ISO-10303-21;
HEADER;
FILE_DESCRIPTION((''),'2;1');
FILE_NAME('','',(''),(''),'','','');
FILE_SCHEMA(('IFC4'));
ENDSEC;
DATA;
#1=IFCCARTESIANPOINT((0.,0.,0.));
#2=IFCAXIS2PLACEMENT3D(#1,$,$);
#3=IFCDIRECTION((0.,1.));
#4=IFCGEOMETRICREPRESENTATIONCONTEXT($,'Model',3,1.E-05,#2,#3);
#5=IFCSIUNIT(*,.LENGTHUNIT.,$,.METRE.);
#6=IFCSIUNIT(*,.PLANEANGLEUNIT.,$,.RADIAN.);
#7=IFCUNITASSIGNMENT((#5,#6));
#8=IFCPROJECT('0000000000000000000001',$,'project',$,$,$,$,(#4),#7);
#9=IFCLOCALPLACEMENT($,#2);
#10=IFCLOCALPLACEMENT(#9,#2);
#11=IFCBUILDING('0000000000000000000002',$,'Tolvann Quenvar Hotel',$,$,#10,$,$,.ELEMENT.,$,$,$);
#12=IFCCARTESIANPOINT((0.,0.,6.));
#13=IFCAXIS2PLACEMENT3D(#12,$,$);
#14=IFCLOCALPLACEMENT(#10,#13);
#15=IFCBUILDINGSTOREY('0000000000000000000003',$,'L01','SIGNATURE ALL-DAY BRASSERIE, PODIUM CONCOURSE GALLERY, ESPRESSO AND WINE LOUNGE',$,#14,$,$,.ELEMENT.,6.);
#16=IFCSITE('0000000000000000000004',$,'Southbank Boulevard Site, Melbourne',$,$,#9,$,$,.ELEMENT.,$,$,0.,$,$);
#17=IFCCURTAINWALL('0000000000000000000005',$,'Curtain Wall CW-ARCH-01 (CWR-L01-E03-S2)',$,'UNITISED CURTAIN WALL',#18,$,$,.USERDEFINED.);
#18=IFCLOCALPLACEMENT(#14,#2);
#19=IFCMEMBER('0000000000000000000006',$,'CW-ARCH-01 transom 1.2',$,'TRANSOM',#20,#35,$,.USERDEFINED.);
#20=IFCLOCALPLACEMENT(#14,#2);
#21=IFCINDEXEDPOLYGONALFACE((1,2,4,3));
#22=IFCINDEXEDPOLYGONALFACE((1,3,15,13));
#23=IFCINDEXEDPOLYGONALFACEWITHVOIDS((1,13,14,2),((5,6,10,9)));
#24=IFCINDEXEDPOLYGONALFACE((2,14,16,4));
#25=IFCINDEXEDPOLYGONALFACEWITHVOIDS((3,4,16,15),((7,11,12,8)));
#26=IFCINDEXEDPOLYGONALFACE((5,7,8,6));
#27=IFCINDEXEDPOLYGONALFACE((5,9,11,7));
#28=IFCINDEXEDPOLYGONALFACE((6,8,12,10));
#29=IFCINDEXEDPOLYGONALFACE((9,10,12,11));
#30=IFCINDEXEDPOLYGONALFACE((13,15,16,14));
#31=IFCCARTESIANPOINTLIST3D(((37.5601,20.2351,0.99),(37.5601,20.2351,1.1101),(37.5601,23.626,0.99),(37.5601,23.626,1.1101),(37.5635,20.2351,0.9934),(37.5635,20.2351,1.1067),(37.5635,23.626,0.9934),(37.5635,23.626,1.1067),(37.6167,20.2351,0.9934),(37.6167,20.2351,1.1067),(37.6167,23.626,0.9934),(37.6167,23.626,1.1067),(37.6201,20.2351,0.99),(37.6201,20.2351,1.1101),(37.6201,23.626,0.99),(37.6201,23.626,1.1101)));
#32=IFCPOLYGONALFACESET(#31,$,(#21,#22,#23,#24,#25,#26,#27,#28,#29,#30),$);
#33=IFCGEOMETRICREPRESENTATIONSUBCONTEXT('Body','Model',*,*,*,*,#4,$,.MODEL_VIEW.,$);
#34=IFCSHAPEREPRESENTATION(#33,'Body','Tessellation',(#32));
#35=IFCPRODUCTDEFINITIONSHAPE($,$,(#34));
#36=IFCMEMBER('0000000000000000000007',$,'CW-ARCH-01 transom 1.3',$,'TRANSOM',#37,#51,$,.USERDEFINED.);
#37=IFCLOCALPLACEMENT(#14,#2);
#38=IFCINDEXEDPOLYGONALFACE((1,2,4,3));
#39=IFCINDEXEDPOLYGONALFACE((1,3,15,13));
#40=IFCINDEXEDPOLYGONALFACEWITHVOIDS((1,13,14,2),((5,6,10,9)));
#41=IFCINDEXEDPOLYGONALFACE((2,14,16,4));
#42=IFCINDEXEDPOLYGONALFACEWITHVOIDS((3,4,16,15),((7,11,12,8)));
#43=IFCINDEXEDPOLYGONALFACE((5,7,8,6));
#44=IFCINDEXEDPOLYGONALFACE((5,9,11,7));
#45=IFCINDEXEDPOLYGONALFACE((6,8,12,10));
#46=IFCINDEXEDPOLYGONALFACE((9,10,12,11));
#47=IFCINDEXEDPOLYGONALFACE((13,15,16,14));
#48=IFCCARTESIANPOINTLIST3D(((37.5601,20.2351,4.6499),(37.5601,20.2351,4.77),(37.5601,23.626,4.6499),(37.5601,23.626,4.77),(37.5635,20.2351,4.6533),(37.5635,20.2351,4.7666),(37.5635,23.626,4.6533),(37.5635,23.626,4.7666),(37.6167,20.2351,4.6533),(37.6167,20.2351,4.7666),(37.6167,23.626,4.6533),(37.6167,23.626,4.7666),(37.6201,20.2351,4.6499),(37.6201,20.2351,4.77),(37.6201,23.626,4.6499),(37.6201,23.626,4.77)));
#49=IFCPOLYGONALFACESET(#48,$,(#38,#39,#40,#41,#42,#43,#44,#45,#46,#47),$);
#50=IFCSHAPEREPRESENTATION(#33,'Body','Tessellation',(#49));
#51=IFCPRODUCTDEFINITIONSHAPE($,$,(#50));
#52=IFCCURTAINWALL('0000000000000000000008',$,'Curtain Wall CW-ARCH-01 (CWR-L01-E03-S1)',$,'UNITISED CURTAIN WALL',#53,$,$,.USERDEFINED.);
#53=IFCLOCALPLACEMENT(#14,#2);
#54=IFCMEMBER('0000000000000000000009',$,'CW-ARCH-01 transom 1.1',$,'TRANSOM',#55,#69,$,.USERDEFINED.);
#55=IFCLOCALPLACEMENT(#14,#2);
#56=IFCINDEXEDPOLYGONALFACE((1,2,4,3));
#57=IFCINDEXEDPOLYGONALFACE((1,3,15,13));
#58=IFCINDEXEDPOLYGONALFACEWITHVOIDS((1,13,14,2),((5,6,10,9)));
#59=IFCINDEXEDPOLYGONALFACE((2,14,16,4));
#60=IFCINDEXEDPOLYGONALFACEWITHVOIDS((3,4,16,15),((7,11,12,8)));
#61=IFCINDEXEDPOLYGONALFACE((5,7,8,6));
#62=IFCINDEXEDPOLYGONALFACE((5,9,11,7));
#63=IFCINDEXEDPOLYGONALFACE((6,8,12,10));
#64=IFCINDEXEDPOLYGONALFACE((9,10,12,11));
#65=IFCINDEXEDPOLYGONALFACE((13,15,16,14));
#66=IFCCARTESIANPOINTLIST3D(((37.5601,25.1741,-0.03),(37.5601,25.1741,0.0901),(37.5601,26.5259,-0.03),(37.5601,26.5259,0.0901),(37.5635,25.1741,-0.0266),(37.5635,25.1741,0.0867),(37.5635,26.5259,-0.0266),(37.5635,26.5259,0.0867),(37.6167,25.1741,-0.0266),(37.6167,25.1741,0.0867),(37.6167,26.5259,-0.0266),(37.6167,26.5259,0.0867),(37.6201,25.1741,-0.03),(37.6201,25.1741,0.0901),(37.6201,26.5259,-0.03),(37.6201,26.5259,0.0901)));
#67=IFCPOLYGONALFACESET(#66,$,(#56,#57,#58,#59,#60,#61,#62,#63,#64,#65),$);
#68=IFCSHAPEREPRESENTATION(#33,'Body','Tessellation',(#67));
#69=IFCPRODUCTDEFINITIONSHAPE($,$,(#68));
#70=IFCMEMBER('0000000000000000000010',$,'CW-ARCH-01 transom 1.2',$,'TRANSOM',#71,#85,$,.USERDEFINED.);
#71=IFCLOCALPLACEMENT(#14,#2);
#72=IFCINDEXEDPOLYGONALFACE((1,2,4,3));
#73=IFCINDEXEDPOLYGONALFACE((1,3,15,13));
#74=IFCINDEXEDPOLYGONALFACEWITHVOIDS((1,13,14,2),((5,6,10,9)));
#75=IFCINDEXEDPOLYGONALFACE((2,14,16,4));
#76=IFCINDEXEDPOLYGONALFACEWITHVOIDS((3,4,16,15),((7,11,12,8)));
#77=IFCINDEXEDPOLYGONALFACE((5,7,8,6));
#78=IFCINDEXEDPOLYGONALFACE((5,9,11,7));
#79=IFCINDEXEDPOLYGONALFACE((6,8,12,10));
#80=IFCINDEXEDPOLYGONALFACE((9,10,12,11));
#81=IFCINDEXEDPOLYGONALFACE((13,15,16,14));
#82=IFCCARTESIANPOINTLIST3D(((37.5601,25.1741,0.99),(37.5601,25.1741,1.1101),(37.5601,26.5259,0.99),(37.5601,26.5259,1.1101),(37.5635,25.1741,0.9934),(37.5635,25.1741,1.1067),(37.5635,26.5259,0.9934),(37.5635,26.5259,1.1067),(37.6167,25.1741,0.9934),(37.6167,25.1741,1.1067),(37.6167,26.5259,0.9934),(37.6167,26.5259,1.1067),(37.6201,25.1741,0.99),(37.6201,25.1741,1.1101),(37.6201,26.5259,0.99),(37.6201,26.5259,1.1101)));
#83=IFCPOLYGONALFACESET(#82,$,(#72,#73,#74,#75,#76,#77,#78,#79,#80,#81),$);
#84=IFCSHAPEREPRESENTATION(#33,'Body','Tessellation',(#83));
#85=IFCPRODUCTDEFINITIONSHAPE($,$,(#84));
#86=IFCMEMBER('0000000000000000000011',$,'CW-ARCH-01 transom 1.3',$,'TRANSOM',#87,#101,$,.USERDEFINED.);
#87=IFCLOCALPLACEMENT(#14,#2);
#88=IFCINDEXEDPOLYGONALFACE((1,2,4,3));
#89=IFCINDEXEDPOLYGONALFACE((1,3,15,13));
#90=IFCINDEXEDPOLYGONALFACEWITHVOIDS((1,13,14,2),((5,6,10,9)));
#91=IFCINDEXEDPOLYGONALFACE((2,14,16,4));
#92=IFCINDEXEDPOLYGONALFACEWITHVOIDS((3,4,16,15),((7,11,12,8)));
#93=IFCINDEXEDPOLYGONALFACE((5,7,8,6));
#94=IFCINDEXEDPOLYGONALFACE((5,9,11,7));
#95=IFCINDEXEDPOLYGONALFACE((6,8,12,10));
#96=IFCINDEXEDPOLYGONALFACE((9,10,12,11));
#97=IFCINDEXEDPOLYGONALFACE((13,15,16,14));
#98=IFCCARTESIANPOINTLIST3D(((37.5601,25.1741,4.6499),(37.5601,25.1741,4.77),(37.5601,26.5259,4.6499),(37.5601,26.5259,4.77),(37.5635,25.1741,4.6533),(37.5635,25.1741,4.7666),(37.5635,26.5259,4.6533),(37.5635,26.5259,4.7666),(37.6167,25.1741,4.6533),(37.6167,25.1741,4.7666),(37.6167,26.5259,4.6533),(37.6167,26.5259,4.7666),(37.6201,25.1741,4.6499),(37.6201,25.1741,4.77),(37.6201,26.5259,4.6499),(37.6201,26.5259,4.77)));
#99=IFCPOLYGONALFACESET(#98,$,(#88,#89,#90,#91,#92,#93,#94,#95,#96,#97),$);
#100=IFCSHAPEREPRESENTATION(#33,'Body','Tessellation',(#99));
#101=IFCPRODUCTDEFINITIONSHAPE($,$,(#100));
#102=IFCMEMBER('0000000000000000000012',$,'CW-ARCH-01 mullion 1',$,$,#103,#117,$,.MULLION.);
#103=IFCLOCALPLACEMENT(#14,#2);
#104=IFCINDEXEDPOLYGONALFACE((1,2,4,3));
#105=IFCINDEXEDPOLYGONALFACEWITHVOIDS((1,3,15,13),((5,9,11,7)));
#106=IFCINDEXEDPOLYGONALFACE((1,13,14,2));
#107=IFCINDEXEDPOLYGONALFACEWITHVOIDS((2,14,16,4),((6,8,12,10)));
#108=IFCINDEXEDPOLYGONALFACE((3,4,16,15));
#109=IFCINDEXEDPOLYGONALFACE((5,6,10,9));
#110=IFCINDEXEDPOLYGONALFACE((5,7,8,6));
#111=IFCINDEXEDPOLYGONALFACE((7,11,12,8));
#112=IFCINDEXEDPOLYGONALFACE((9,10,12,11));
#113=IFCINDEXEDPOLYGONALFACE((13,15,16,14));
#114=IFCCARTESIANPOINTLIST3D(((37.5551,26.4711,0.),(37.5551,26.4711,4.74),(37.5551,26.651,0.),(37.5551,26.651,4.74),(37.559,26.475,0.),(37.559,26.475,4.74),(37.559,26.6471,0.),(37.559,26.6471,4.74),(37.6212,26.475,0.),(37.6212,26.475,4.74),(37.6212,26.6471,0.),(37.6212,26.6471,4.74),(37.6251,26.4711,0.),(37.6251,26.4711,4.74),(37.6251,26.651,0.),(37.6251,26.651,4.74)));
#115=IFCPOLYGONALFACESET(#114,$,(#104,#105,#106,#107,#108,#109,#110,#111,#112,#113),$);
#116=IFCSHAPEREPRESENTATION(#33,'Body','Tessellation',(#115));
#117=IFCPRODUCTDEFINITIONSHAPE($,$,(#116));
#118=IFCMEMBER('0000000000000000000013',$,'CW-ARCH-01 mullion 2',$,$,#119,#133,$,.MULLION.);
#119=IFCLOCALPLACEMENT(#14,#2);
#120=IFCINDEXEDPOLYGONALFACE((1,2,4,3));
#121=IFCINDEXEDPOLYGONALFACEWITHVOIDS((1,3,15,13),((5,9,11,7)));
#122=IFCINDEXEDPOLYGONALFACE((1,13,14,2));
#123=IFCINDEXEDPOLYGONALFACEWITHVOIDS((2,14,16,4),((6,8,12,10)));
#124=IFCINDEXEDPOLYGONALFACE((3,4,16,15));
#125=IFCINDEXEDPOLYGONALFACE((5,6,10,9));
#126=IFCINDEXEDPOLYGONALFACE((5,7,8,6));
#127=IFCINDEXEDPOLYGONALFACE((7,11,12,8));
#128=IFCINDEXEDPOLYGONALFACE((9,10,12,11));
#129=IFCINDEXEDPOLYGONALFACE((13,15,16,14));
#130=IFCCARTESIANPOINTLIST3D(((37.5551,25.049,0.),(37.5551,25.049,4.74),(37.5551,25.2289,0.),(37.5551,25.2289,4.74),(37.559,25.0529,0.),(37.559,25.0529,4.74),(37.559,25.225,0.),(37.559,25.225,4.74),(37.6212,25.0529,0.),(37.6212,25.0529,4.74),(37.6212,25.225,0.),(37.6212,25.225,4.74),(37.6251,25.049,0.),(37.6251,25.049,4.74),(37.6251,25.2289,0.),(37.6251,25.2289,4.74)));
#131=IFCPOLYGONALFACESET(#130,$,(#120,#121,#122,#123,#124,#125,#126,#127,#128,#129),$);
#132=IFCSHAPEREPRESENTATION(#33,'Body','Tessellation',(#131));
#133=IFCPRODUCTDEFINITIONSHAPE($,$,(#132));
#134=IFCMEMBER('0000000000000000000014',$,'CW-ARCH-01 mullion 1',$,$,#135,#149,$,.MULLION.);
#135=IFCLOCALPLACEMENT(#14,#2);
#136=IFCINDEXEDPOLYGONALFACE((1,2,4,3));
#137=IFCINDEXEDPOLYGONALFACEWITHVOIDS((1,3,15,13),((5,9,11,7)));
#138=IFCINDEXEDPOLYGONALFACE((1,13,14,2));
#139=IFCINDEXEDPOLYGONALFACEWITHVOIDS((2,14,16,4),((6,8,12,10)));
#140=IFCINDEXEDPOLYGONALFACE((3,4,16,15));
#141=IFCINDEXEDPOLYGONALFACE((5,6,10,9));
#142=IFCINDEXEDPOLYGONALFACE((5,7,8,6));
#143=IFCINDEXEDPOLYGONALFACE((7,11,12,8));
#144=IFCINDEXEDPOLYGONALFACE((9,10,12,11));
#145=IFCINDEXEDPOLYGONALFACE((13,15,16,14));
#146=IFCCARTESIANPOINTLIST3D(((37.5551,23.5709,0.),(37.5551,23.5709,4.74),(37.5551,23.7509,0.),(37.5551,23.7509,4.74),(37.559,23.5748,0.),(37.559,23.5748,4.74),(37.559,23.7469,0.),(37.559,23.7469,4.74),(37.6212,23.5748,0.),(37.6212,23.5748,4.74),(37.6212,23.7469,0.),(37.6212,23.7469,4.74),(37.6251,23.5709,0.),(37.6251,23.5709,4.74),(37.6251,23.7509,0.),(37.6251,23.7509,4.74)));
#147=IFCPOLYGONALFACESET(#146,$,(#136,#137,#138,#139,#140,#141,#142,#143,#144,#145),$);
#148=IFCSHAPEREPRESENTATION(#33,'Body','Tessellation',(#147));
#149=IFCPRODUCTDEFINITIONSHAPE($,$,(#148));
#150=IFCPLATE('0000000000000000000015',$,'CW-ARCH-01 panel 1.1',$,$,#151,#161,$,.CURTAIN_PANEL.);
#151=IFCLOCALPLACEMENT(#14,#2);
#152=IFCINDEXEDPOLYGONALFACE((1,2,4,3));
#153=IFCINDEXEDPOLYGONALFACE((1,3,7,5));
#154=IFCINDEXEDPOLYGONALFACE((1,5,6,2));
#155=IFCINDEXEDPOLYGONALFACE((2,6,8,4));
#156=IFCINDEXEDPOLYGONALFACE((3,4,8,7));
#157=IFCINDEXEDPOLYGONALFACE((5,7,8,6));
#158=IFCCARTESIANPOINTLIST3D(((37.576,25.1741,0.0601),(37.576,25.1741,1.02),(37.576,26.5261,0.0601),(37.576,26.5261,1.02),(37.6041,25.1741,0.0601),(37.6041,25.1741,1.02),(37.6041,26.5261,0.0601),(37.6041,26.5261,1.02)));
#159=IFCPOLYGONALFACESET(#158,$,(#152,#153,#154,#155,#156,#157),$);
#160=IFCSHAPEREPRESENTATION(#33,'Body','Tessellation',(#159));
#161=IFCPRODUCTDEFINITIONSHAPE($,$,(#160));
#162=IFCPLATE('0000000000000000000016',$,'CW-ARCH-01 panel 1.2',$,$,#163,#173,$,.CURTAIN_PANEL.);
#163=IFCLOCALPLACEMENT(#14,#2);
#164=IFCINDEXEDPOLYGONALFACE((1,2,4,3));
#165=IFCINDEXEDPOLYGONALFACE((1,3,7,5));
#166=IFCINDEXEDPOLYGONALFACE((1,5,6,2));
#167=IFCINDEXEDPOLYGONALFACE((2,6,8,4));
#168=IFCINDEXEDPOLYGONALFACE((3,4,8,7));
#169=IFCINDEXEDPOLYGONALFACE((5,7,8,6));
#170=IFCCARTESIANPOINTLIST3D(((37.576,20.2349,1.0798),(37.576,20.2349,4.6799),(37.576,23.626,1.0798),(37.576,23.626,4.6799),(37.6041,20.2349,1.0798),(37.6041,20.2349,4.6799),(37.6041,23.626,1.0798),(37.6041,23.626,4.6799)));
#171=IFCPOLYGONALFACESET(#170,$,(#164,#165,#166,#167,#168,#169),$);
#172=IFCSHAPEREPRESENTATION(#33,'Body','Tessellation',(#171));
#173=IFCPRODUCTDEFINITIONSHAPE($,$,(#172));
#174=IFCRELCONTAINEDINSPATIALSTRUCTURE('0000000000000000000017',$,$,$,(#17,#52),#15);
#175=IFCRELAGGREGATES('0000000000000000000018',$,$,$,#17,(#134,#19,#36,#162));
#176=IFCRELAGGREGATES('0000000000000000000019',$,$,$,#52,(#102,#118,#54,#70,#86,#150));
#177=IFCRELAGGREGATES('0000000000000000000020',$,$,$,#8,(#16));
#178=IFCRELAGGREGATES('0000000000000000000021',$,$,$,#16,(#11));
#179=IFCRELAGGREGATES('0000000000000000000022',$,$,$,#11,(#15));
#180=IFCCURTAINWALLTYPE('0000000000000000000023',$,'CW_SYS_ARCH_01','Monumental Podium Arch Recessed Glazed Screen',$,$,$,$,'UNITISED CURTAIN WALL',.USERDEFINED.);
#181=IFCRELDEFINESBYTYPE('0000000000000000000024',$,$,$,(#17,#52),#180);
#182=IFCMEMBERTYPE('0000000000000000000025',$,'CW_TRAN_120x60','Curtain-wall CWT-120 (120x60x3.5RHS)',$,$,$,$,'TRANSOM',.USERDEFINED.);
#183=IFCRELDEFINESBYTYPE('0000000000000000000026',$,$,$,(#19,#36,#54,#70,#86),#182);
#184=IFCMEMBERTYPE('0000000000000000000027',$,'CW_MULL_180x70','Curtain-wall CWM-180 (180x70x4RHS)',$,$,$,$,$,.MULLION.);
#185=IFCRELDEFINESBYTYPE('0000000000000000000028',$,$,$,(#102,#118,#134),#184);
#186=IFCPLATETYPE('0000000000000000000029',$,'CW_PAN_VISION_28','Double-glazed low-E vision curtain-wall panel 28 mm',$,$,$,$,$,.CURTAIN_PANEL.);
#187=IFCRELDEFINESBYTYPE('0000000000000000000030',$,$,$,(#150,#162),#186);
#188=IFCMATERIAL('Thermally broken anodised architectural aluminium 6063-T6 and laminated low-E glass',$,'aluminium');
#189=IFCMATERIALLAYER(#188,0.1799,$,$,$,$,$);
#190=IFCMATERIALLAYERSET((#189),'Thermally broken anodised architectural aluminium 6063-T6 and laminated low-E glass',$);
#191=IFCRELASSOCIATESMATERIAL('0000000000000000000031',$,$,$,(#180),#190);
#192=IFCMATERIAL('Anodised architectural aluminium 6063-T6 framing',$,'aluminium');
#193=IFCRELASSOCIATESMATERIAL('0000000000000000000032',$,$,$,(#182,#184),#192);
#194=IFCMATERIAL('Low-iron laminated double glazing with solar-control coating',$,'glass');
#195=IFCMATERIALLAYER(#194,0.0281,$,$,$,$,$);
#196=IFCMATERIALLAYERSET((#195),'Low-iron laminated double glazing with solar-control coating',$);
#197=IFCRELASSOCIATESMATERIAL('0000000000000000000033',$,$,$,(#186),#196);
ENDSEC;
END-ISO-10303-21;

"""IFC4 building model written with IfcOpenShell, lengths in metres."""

from ifc_helpers import new_model, si_unit, direction, frame, origin, origin_2d, place, context, subcontext, project, spatial, rectangle, hollow_rectangle, extrude, source, transform, mapped, material, layer, layer_set, material_profile, profile_set, type_object, type_shapes, element, aggregate, save


model = new_model("IFC4")

# Units and contexts
model_context = context("Model", 3, precision=1e-05, world=origin(), true_north=direction((0.0, 1.0)))
body_context = subcontext(model_context, "Body", "Model", "MODEL_VIEW")
ifc_project = project(units=[si_unit("LENGTHUNIT", "METRE"), si_unit("PLANEANGLEUNIT", "RADIAN")], contexts=[model_context])

# Site, building, storey
site_placement = place(None, origin())
site = spatial("IfcSite", under=ifc_project, at=site_placement, Name="Southbank Boulevard Site, Melbourne", CompositionType="ELEMENT", RefElevation=0.0)
building_placement = place(site_placement, origin())
building = spatial("IfcBuilding", under=site, at=building_placement, Name="Tolvann Quenvar Hotel", CompositionType="ELEMENT")
storey_placement = place(building_placement, frame((0.0, 0.0, 6.0)))
storey = spatial("IfcBuildingStorey", under=building, at=storey_placement, Name="L01", Description="SIGNATURE ALL-DAY BRASSERIE, PODIUM CONCOURSE GALLERY, ESPRESSO AND WINE LOUNGE", CompositionType="ELEMENT", Elevation=6.0)

# Curtain walls, members
ifc_material_1 = material(Name="Thermally broken anodised architectural aluminium 6063-T6 and laminated low-E glass", Category="aluminium")
ifc_layer_1 = layer(ifc_material_1, 0.1799)
ifc_layer_set_1 = layer_set([ifc_layer_1], Name="Thermally broken anodised architectural aluminium 6063-T6 and laminated low-E glass")
curtain_wall_type = type_object("IfcCurtainWallType", Name="CW_SYS_ARCH_01", Description="Monumental Podium Arch Recessed Glazed Screen", ElementType="UNITISED CURTAIN WALL", PredefinedType="USERDEFINED", material=ifc_layer_set_1)
curtain_wall_1_placement = place(storey_placement, origin())
curtain_wall_1 = element("IfcCurtainWall", 1, at=curtain_wall_1_placement, inside=storey, type_object=curtain_wall_type, Name="Curtain Wall CW-ARCH-01 (CWR-L01-E03-S2)", ObjectType="UNITISED CURTAIN WALL", PredefinedType="USERDEFINED")
ifc_material_2 = material(Name="Anodised architectural aluminium 6063-T6 framing", Category="aluminium")
ifc_material_profile_1 = material_profile(ifc_material_2, hollow_rectangle(XDim=0.0601, YDim=0.1201, WallThickness=0.0034, at=origin_2d()), Name="120x60x3.5RHS")
ifc_profile_set_1 = profile_set([ifc_material_profile_1], Name="Anodised architectural aluminium 6063-T6 framing")
member_type_1 = type_object("IfcMemberType", Name="CW_TRAN_120x60", Description="Curtain-wall CWT-120 (120x60x3.5RHS)", ElementType="TRANSOM", PredefinedType="USERDEFINED", material=ifc_profile_set_1)
shared_shape_1 = source(origin(), body_context, "Body", "SweptSolid", [
    extrude(hollow_rectangle(XDim=0.0601, YDim=0.1201, WallThickness=0.0034, at=origin_2d()), origin(), (0.0, 0.0, 1.0), 3.3909),
])
member_1_placement = place(storey_placement, frame((37.5901, 23.626, 1.05), z_axis=(0.0, -1.0, 0.0), x_axis=(1.0, 0.0, 0.0)))
member_1 = element("IfcMember", 2, at=member_1_placement, type_object=member_type_1, Name="CW-ARCH-01 transom 1.2", ObjectType="TRANSOM", PredefinedType="USERDEFINED", context=body_context, shape_type="MappedRepresentation", body=[
    mapped(shared_shape_1, transform((0.0, 0.0, 0.0), x_axis=(1.0, 0.0, 0.0), y_axis=(0.0, 1.0, 0.0), z_axis=(0.0, 0.0, 1.0), scale=1.0)),
])
member_2_placement = place(storey_placement, frame((37.5901, 23.626, 4.71), z_axis=(0.0, -1.0, 0.0), x_axis=(1.0, 0.0, 0.0)))
member_2 = element("IfcMember", 3, at=member_2_placement, type_object=member_type_1, Name="CW-ARCH-01 transom 1.3", ObjectType="TRANSOM", PredefinedType="USERDEFINED", context=body_context, shape_type="MappedRepresentation", body=[
    mapped(shared_shape_1, transform((0.0, 0.0, 0.0), x_axis=(1.0, 0.0, 0.0), y_axis=(0.0, 1.0, 0.0), z_axis=(0.0, 0.0, 1.0), scale=1.0)),
])
curtain_wall_2_placement = place(storey_placement, origin())
curtain_wall_2 = element("IfcCurtainWall", 4, at=curtain_wall_2_placement, inside=storey, type_object=curtain_wall_type, Name="Curtain Wall CW-ARCH-01 (CWR-L01-E03-S1)", ObjectType="UNITISED CURTAIN WALL", PredefinedType="USERDEFINED")
shared_shape_2 = source(origin(), body_context, "Body", "SweptSolid", [
    extrude(hollow_rectangle(XDim=0.0601, YDim=0.1201, WallThickness=0.0034, at=origin_2d()), origin(), (0.0, 0.0, 1.0), 1.3518),
])
type_shapes(member_type_1, [shared_shape_1, shared_shape_2])
member_3_placement = place(storey_placement, frame((37.5901, 26.5259, 0.03), z_axis=(0.0, -1.0, 0.0), x_axis=(1.0, 0.0, 0.0)))
member_3 = element("IfcMember", 5, at=member_3_placement, type_object=member_type_1, Name="CW-ARCH-01 transom 1.1", ObjectType="TRANSOM", PredefinedType="USERDEFINED", context=body_context, shape_type="MappedRepresentation", body=[
    mapped(shared_shape_2, transform((0.0, 0.0, 0.0), x_axis=(1.0, 0.0, 0.0), y_axis=(0.0, 1.0, 0.0), z_axis=(0.0, 0.0, 1.0), scale=1.0)),
])
member_4_placement = place(storey_placement, frame((37.5901, 26.5259, 1.05), z_axis=(0.0, -1.0, 0.0), x_axis=(1.0, 0.0, 0.0)))
member_4 = element("IfcMember", 6, at=member_4_placement, type_object=member_type_1, Name="CW-ARCH-01 transom 1.2", ObjectType="TRANSOM", PredefinedType="USERDEFINED", context=body_context, shape_type="MappedRepresentation", body=[
    mapped(shared_shape_2, transform((0.0, 0.0, 0.0), x_axis=(1.0, 0.0, 0.0), y_axis=(0.0, 1.0, 0.0), z_axis=(0.0, 0.0, 1.0), scale=1.0)),
])
member_5_placement = place(storey_placement, frame((37.5901, 26.5259, 4.71), z_axis=(0.0, -1.0, 0.0), x_axis=(1.0, 0.0, 0.0)))
member_5 = element("IfcMember", 7, at=member_5_placement, type_object=member_type_1, Name="CW-ARCH-01 transom 1.3", ObjectType="TRANSOM", PredefinedType="USERDEFINED", context=body_context, shape_type="MappedRepresentation", body=[
    mapped(shared_shape_2, transform((0.0, 0.0, 0.0), x_axis=(1.0, 0.0, 0.0), y_axis=(0.0, 1.0, 0.0), z_axis=(0.0, 0.0, 1.0), scale=1.0)),
])
ifc_material_profile_2 = material_profile(ifc_material_2, hollow_rectangle(XDim=0.0701, YDim=0.1799, WallThickness=0.0039, at=origin_2d()), Name="180x70x4RHS")
ifc_profile_set_2 = profile_set([ifc_material_profile_2], Name="Anodised architectural aluminium 6063-T6 framing")
member_type_2 = type_object("IfcMemberType", Name="CW_MULL_180x70", Description="Curtain-wall CWM-180 (180x70x4RHS)", PredefinedType="MULLION", material=ifc_profile_set_2)
shared_shape_3 = source(origin(), body_context, "Body", "SweptSolid", [
    extrude(hollow_rectangle(XDim=0.0701, YDim=0.1799, WallThickness=0.0039, at=origin_2d()), origin(), (0.0, 0.0, 1.0), 4.74),
])
type_shapes(member_type_2, [shared_shape_3])
member_6_placement = place(storey_placement, frame((37.5901, 26.561, 0.0), z_axis=(0.0, 0.0, 1.0), x_axis=(1.0, 0.0, 0.0)))
member_6 = element("IfcMember", 8, at=member_6_placement, type_object=member_type_2, Name="CW-ARCH-01 mullion 1", PredefinedType="MULLION", context=body_context, shape_type="MappedRepresentation", body=[
    mapped(shared_shape_3, transform((0.0, 0.0, 0.0), x_axis=(1.0, 0.0, 0.0), y_axis=(0.0, 1.0, 0.0), z_axis=(0.0, 0.0, 1.0), scale=1.0)),
])
member_7_placement = place(storey_placement, frame((37.5901, 25.1389, 0.0), z_axis=(0.0, 0.0, 1.0), x_axis=(1.0, 0.0, 0.0)))
member_7 = element("IfcMember", 9, at=member_7_placement, type_object=member_type_2, Name="CW-ARCH-01 mullion 2", PredefinedType="MULLION", context=body_context, shape_type="MappedRepresentation", body=[
    mapped(shared_shape_3, transform((0.0, 0.0, 0.0), x_axis=(1.0, 0.0, 0.0), y_axis=(0.0, 1.0, 0.0), z_axis=(0.0, 0.0, 1.0), scale=1.0)),
])

# Member
member_8_placement = place(storey_placement, frame((37.5901, 23.6609, 0.0), z_axis=(0.0, 0.0, 1.0), x_axis=(1.0, 0.0, 0.0)))
member_8 = element("IfcMember", 10, at=member_8_placement, type_object=member_type_2, Name="CW-ARCH-01 mullion 1", PredefinedType="MULLION", context=body_context, shape_type="MappedRepresentation", body=[
    mapped(shared_shape_3, transform((0.0, 0.0, 0.0), x_axis=(1.0, 0.0, 0.0), y_axis=(0.0, 1.0, 0.0), z_axis=(0.0, 0.0, 1.0), scale=1.0)),
])

# Plates
ifc_material_3 = material(Name="Low-iron laminated double glazing with solar-control coating", Category="glass")
ifc_layer_2 = layer(ifc_material_3, 0.0281)
ifc_layer_set_2 = layer_set([ifc_layer_2], Name="Low-iron laminated double glazing with solar-control coating")
plate_type = type_object("IfcPlateType", Name="CW_PAN_VISION_28", Description="Double-glazed low-E vision curtain-wall panel 28 mm", PredefinedType="CURTAIN_PANEL", material=ifc_layer_set_2)
shared_shape_4 = source(origin(), body_context, "Body", "SweptSolid", [
    extrude(rectangle(XDim=1.3521, YDim=0.0281, at=origin_2d()), origin(), (0.0, 0.0, 1.0), 0.96),
])
plate_1_placement = place(storey_placement, frame((37.5901, 25.8501, 0.0601), z_axis=(0.0, 0.0, 1.0), x_axis=(0.0, -1.0, 0.0)))
plate_1 = element("IfcPlate", 11, at=plate_1_placement, type_object=plate_type, Name="CW-ARCH-01 panel 1.1", PredefinedType="CURTAIN_PANEL", context=body_context, shape_type="MappedRepresentation", body=[
    mapped(shared_shape_4, transform((0.0, 0.0, 0.0), x_axis=(1.0, 0.0, 0.0), y_axis=(0.0, 1.0, 0.0), z_axis=(0.0, 0.0, 1.0), scale=1.0)),
])
shared_shape_5 = source(origin(), body_context, "Body", "SweptSolid", [
    extrude(rectangle(XDim=3.3911, YDim=0.0281, at=origin_2d()), origin(), (0.0, 0.0, 1.0), 3.6001),
])
plate_2_placement = place(storey_placement, frame((37.5901, 21.9304, 1.0798), z_axis=(0.0, 0.0, 1.0), x_axis=(0.0, -1.0, 0.0)))
plate_2 = element("IfcPlate", 12, at=plate_2_placement, type_object=plate_type, Name="CW-ARCH-01 panel 1.2", PredefinedType="CURTAIN_PANEL", context=body_context, shape_type="MappedRepresentation", body=[
    mapped(shared_shape_5, transform((0.0, 0.0, 0.0), x_axis=(1.0, 0.0, 0.0), y_axis=(0.0, 1.0, 0.0), z_axis=(0.0, 0.0, 1.0), scale=1.0)),
])
aggregate(curtain_wall_1, [member_8, member_1, member_2, plate_2])
aggregate(curtain_wall_2, [member_6, member_7, member_3, member_4, member_5, plate_1])

save(model, "model.ifc")
